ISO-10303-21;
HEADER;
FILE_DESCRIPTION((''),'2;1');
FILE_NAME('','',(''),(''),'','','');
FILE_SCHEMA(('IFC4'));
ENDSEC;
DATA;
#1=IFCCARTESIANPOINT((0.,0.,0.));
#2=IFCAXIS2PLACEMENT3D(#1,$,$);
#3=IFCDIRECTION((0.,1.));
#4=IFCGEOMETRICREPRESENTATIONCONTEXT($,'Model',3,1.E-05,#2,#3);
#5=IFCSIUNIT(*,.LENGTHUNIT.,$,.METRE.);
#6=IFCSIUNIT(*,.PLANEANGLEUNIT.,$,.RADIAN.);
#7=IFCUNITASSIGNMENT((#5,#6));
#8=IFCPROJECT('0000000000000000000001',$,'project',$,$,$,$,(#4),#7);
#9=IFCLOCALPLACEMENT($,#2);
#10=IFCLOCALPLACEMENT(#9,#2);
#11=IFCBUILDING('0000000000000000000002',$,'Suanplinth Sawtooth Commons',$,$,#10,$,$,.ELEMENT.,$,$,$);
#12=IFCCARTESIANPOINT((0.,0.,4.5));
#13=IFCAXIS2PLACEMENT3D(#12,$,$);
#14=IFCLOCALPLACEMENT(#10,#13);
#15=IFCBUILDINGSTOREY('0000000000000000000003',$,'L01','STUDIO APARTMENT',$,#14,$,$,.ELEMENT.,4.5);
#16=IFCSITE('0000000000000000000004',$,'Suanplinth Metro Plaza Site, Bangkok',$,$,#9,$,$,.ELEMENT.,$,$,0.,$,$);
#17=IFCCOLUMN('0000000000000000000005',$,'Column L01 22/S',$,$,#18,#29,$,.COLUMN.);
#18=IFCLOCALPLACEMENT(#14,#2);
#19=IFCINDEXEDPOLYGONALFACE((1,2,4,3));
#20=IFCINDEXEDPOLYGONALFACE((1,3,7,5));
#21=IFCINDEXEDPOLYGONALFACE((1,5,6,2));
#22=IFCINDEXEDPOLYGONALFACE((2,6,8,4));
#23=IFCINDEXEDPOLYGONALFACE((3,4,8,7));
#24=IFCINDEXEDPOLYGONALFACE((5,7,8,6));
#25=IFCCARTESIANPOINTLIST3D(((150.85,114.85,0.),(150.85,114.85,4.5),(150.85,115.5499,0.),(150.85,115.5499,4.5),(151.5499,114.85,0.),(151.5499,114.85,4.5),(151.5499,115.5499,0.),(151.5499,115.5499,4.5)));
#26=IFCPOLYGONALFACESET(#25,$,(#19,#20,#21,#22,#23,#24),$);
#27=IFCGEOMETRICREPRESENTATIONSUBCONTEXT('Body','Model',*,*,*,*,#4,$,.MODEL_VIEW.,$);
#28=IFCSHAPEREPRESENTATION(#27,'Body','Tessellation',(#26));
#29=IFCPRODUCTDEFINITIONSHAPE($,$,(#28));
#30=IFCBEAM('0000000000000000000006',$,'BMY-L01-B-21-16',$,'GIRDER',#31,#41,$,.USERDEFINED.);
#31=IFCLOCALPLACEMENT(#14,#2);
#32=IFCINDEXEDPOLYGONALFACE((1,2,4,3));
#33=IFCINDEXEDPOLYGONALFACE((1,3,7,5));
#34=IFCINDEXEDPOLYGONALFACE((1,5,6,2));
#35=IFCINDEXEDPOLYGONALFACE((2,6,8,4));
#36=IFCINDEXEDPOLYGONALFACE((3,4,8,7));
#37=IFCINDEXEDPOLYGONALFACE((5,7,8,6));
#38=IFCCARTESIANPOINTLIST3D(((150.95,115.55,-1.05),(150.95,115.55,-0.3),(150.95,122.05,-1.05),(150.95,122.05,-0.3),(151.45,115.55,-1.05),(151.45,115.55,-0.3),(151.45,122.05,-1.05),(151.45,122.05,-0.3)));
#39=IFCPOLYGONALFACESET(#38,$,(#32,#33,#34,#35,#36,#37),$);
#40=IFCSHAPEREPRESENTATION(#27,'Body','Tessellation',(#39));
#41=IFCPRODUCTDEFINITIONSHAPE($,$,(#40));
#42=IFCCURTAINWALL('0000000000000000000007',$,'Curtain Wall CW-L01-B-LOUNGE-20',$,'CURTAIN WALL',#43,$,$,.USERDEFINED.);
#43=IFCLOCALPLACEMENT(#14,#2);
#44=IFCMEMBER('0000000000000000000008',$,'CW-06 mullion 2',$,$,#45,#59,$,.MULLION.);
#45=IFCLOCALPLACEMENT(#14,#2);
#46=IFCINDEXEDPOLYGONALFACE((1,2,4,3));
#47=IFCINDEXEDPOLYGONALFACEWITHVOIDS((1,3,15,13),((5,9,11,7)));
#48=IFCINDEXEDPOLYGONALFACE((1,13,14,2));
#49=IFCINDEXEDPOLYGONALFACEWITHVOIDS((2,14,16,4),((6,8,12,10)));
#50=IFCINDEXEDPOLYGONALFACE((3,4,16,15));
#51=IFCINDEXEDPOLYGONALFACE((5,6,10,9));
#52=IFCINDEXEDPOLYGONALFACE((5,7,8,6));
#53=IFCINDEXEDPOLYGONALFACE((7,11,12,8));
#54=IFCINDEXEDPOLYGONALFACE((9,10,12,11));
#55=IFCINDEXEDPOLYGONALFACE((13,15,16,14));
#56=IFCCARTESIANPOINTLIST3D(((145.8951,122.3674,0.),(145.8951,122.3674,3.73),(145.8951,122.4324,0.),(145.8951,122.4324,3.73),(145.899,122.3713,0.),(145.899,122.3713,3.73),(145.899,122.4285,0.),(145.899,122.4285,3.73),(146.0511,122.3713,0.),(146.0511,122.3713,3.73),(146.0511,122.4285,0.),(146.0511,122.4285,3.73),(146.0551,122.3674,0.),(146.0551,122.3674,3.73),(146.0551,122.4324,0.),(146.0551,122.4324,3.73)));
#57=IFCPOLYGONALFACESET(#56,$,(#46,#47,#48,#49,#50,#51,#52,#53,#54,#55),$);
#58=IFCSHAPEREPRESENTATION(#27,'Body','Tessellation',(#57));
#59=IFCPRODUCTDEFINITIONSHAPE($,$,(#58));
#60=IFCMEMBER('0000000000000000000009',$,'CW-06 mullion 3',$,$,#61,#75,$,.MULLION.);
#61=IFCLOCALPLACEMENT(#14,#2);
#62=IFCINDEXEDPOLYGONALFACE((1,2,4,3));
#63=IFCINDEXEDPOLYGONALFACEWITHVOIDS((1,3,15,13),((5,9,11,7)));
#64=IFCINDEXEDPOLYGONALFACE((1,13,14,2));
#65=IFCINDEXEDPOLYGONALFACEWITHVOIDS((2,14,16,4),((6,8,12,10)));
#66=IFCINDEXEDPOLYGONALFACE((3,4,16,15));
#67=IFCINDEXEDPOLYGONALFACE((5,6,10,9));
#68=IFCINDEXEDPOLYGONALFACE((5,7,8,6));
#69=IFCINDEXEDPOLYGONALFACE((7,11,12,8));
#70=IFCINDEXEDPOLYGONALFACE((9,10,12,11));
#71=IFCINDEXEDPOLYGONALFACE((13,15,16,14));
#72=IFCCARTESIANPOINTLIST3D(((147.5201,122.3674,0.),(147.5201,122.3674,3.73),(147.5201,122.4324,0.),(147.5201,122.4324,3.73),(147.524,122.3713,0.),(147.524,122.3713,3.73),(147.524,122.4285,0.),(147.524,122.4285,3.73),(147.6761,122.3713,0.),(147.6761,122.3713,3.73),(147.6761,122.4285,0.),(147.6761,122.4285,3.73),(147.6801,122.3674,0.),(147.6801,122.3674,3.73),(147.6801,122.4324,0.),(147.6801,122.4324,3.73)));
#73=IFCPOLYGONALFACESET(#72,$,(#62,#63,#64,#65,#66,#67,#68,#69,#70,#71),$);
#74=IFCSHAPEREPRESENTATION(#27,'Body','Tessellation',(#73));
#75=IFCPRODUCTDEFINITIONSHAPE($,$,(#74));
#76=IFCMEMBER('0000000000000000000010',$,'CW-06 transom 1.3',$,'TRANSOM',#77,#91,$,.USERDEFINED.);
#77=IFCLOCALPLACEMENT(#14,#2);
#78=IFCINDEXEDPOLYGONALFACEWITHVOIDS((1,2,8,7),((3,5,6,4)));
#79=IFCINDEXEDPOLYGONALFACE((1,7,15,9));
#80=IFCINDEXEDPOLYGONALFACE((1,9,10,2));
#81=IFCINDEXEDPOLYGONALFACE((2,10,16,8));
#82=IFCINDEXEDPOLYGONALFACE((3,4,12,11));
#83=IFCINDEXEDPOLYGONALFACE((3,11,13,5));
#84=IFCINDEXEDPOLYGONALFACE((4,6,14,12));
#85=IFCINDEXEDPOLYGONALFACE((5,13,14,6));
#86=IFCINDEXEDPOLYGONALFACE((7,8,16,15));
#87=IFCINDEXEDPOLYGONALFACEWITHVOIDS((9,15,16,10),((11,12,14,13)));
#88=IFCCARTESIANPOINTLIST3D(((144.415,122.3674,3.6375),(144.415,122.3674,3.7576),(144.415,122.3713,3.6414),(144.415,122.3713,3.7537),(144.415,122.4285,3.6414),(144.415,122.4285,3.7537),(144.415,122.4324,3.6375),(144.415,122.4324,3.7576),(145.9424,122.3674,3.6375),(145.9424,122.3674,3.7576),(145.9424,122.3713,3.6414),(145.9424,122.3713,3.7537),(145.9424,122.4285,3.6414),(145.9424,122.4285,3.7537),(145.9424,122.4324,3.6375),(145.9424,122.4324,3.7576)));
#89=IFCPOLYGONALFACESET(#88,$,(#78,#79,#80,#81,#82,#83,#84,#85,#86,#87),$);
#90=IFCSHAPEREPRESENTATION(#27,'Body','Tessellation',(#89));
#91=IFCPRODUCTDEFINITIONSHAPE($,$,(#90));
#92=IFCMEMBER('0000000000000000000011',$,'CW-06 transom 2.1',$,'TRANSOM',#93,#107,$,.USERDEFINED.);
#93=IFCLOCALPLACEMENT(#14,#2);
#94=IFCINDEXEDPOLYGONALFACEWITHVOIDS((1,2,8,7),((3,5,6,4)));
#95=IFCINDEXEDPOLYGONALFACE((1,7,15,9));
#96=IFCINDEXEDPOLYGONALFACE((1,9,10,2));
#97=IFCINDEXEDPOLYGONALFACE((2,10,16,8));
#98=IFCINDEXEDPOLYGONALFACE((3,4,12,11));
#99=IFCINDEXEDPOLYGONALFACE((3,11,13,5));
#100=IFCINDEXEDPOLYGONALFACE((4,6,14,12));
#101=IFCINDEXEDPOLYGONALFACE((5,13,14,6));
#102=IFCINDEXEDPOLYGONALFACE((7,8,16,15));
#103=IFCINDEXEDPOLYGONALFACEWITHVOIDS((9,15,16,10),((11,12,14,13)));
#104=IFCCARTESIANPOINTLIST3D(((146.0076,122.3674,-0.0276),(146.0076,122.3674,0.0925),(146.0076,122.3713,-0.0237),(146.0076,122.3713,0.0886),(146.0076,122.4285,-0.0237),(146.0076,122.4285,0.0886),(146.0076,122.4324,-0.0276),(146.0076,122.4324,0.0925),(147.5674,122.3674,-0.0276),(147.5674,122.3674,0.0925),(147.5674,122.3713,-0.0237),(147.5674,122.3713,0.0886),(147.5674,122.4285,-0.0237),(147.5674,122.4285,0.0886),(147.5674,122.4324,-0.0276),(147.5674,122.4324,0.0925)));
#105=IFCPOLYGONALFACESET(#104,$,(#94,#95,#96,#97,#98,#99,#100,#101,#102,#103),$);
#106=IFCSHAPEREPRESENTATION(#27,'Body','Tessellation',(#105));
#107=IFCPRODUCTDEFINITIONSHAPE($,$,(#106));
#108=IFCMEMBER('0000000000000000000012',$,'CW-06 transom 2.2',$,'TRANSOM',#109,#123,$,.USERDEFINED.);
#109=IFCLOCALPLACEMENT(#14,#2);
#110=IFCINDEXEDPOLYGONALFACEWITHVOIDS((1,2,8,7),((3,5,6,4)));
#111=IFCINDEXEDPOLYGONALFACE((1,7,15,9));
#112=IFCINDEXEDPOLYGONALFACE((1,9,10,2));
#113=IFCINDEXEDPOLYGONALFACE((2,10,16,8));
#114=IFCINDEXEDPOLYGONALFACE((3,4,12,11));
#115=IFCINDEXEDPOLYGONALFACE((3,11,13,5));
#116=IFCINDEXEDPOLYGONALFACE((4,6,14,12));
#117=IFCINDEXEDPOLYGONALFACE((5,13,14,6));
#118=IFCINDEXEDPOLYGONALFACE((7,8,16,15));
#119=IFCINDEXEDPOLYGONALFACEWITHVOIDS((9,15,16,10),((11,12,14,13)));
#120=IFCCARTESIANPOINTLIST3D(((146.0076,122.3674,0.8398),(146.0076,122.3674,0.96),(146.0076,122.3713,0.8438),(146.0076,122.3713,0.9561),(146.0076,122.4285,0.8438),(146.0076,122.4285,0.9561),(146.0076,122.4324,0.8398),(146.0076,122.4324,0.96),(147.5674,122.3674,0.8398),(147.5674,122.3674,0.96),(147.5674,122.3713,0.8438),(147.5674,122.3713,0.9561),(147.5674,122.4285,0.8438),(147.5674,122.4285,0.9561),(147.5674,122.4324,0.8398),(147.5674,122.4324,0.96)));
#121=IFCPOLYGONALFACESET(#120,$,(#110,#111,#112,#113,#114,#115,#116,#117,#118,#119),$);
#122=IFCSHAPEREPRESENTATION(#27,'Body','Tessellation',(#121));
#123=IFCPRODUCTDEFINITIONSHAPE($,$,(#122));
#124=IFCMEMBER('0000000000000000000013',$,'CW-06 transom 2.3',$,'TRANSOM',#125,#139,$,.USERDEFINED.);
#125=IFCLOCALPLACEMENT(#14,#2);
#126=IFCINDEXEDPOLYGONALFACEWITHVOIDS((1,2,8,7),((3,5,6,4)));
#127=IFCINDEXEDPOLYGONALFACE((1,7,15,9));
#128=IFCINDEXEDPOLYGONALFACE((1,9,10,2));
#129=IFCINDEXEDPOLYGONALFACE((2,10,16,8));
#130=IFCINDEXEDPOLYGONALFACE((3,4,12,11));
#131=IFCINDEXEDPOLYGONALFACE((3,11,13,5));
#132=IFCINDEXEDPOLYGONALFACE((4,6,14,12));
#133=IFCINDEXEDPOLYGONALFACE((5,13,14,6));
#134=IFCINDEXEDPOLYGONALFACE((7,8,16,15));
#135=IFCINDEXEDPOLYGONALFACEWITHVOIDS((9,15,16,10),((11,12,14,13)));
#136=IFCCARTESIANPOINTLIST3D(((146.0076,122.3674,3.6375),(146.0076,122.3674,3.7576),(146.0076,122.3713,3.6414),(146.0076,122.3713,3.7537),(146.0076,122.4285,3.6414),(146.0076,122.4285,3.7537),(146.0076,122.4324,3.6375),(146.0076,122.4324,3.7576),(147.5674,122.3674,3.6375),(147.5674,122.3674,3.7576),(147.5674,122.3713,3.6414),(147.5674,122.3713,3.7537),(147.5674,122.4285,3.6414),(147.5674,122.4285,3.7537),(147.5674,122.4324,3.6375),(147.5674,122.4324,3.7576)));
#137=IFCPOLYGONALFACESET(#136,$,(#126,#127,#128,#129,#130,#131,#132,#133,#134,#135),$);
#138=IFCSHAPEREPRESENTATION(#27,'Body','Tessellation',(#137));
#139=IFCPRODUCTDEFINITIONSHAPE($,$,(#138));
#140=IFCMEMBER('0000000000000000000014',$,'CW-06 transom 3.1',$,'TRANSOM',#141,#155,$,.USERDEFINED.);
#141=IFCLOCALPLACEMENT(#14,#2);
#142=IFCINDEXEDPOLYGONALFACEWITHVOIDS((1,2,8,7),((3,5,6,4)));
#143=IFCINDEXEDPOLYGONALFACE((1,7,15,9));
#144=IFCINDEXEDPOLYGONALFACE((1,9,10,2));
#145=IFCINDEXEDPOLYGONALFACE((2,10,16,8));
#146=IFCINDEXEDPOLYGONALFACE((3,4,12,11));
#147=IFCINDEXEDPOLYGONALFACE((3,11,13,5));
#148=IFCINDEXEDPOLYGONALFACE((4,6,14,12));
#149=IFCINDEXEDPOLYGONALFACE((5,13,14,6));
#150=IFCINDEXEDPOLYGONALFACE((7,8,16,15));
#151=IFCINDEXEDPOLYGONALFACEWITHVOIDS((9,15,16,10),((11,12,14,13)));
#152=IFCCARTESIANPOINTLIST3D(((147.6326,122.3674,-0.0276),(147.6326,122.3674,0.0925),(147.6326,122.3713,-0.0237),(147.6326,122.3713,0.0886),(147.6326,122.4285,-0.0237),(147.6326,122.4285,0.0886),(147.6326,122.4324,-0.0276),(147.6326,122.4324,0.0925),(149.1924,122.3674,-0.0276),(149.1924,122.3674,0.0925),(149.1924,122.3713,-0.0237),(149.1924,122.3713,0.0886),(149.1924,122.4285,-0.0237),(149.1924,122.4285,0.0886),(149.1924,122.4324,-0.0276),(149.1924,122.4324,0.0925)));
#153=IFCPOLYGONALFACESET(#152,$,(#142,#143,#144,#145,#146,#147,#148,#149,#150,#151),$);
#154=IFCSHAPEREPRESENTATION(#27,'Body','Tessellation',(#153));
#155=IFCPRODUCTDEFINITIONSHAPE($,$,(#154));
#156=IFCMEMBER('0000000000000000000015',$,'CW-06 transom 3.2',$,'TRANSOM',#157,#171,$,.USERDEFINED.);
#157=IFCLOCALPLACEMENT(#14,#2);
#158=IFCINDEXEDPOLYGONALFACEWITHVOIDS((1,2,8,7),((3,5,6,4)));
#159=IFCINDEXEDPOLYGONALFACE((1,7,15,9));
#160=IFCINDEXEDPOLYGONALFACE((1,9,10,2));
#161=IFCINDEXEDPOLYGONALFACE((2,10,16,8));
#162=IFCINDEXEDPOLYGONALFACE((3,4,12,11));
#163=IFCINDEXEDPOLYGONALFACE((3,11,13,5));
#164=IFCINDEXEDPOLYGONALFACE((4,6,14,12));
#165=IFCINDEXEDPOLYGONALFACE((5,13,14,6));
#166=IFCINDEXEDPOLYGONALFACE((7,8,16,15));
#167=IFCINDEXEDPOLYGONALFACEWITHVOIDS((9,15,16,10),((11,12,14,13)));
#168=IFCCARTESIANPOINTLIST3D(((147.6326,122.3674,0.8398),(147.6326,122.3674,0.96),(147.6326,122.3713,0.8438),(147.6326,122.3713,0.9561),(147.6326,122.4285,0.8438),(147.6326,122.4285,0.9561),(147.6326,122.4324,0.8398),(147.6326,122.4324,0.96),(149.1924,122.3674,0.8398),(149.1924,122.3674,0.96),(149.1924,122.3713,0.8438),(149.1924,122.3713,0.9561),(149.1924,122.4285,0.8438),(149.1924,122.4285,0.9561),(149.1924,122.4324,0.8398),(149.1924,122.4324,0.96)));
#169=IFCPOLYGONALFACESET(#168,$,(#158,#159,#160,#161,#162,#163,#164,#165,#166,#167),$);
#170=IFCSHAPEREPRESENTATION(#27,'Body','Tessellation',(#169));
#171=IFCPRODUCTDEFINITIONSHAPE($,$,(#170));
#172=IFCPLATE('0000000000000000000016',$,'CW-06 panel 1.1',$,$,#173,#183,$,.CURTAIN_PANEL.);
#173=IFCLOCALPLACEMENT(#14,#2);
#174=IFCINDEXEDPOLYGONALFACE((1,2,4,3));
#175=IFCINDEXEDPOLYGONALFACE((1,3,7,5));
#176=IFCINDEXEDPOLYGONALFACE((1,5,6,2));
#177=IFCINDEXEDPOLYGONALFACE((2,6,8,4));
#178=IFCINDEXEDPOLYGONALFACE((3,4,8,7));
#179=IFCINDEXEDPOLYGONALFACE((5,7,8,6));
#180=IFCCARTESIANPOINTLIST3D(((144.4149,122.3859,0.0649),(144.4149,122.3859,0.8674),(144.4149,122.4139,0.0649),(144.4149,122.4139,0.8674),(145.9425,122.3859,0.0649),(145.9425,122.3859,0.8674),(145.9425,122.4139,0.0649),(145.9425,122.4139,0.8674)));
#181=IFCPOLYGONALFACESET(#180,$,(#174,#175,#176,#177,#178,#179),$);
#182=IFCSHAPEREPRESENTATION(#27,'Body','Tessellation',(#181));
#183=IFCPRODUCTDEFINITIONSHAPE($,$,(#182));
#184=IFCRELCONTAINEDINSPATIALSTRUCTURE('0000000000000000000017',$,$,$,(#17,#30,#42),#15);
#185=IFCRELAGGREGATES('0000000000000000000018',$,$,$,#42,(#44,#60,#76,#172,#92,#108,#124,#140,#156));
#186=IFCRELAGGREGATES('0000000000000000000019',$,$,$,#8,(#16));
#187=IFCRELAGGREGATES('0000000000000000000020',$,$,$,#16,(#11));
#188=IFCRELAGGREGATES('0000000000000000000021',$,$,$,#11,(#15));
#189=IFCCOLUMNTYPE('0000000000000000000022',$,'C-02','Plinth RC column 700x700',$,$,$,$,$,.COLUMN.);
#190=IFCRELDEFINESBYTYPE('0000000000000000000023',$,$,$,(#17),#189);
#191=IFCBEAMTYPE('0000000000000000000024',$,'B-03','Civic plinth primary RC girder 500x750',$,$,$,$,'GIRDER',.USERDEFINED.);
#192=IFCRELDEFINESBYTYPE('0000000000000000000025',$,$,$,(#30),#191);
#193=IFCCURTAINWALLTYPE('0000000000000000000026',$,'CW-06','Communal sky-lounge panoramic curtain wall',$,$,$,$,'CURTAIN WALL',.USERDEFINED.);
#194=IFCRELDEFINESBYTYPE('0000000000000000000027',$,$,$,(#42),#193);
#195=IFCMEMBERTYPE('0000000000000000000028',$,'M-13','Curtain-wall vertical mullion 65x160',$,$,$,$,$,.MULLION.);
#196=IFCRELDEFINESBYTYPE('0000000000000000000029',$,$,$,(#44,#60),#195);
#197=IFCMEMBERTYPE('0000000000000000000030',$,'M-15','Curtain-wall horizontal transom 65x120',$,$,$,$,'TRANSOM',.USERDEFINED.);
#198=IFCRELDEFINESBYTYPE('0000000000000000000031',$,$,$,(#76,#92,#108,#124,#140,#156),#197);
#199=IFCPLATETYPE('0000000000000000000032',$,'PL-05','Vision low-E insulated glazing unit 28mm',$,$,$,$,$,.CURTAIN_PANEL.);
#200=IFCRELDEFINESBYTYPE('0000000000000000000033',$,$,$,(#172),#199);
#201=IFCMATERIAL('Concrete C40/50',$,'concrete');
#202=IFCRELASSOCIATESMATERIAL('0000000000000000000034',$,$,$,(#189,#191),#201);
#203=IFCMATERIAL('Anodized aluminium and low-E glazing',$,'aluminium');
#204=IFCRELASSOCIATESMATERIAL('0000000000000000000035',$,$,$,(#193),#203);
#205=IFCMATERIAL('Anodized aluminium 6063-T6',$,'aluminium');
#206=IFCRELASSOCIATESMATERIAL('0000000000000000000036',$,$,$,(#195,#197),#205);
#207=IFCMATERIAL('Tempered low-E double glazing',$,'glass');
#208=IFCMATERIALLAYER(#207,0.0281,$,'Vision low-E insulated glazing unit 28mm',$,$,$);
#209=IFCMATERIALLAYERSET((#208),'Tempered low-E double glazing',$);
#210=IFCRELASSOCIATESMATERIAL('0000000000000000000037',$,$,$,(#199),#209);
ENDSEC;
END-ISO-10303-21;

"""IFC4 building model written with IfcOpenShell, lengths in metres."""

from ifc_helpers import new_model, si_unit, direction, frame, origin, origin_2d, place, context, subcontext, project, spatial, rectangle, hollow_rectangle, extrude, material, layer, layer_set, material_profile, profile_set, type_object, element, aggregate, save


model = new_model("IFC4")

# Units and contexts
model_context = context("Model", 3, precision=1e-05, world=origin(), true_north=direction((0.0, 1.0)))
body_context = subcontext(model_context, "Body", "Model", "MODEL_VIEW")
ifc_project = project(units=[si_unit("LENGTHUNIT", "METRE"), si_unit("PLANEANGLEUNIT", "RADIAN")], contexts=[model_context])

# Site, building, storey
site_placement = place(None, origin())
site = spatial("IfcSite", under=ifc_project, at=site_placement, Name="Suanplinth Metro Plaza Site, Bangkok", CompositionType="ELEMENT", RefElevation=0.0)
building_placement = place(site_placement, origin())
building = spatial("IfcBuilding", under=site, at=building_placement, Name="Suanplinth Sawtooth Commons", CompositionType="ELEMENT")
storey_placement = place(building_placement, frame((0.0, 0.0, 4.5)))
storey = spatial("IfcBuildingStorey", under=building, at=storey_placement, Name="L01", Description="STUDIO APARTMENT", CompositionType="ELEMENT", Elevation=4.5)

# Column
ifc_material_1 = material(Name="Concrete C40/50", Category="concrete")
ifc_material_profile_1 = material_profile(ifc_material_1, rectangle(XDim=0.7, YDim=0.7, at=origin_2d()), Name="RC-COL 700x700")
ifc_profile_set_1 = profile_set([ifc_material_profile_1], Name="Concrete C40/50")
column_type = type_object("IfcColumnType", Name="C-02", Description="Plinth RC column 700x700", PredefinedType="COLUMN", material=ifc_profile_set_1)
column_placement = place(storey_placement, frame((151.2, 115.2, 0.0), z_axis=(0.0, 0.0, 1.0), x_axis=(1.0, 0.0, 0.0)))
element("IfcColumn", 1, at=column_placement, inside=storey, type_object=column_type, Name="Column L01 22/S", PredefinedType="COLUMN", context=body_context, shape_type="SweptSolid", body=[
    extrude(rectangle(XDim=0.7, YDim=0.7, at=origin_2d()), origin(), (0.0, 0.0, 1.0), 4.5),
])

# Beam
ifc_material_profile_2 = material_profile(ifc_material_1, rectangle(XDim=0.5, YDim=0.75, at=origin_2d()), Name="RC-GDR 500x750")
ifc_profile_set_2 = profile_set([ifc_material_profile_2], Name="Concrete C40/50")
beam_type = type_object("IfcBeamType", Name="B-03", Description="Civic plinth primary RC girder 500x750", ElementType="GIRDER", PredefinedType="USERDEFINED", material=ifc_profile_set_2)
beam_placement = place(storey_placement, frame((151.2, 115.55, -0.675), z_axis=(0.0, 1.0, 0.0), x_axis=(-1.0, 0.0, 0.0)))
element("IfcBeam", 2, at=beam_placement, inside=storey, type_object=beam_type, Name="BMY-L01-B-21-16", ObjectType="GIRDER", PredefinedType="USERDEFINED", context=body_context, shape_type="SweptSolid", body=[
    extrude(rectangle(XDim=0.5, YDim=0.75, at=origin_2d()), origin(), (0.0, 0.0, 1.0), 6.5),
])

# Curtain wall, members, plate
ifc_material_2 = material(Name="Anodized aluminium and low-E glazing", Category="aluminium")
curtain_wall_type = type_object("IfcCurtainWallType", Name="CW-06", Description="Communal sky-lounge panoramic curtain wall", ElementType="CURTAIN WALL", PredefinedType="USERDEFINED", material=ifc_material_2)
curtain_wall_placement = place(storey_placement, origin())
curtain_wall = element("IfcCurtainWall", 3, at=curtain_wall_placement, inside=storey, type_object=curtain_wall_type, Name="Curtain Wall CW-L01-B-LOUNGE-20", ObjectType="CURTAIN WALL", PredefinedType="USERDEFINED")
ifc_material_3 = material(Name="Anodized aluminium 6063-T6", Category="aluminium")
ifc_material_profile_3 = material_profile(ifc_material_3, hollow_rectangle(XDim=0.0649, YDim=0.1599, WallThickness=0.0039, at=origin_2d()), Name="ALU-MUL 65x160")
ifc_profile_set_3 = profile_set([ifc_material_profile_3], Name="Anodized aluminium 6063-T6")
member_type_1 = type_object("IfcMemberType", Name="M-13", Description="Curtain-wall vertical mullion 65x160", PredefinedType="MULLION", material=ifc_profile_set_3)
member_1_placement = place(storey_placement, frame((145.9751, 122.3999, 0.0), z_axis=(0.0, 0.0, 1.0), x_axis=(0.0, 1.0, 0.0)))
member_1 = element("IfcMember", 4, at=member_1_placement, type_object=member_type_1, Name="CW-06 mullion 2", PredefinedType="MULLION", context=body_context, shape_type="SweptSolid", body=[
    extrude(hollow_rectangle(XDim=0.0649, YDim=0.1599, WallThickness=0.0039, at=origin_2d()), origin(), (0.0, 0.0, 1.0), 3.73),
])
member_2_placement = place(storey_placement, frame((147.6001, 122.3999, 0.0), z_axis=(0.0, 0.0, 1.0), x_axis=(0.0, 1.0, 0.0)))
member_2 = element("IfcMember", 5, at=member_2_placement, type_object=member_type_1, Name="CW-06 mullion 3", PredefinedType="MULLION", context=body_context, shape_type="SweptSolid", body=[
    extrude(hollow_rectangle(XDim=0.0649, YDim=0.1599, WallThickness=0.0039, at=origin_2d()), origin(), (0.0, 0.0, 1.0), 3.73),
])
ifc_material_profile_4 = material_profile(ifc_material_3, hollow_rectangle(XDim=0.0649, YDim=0.1201, WallThickness=0.0039, at=origin_2d()), Name="ALU-TRN 65x120")
ifc_profile_set_4 = profile_set([ifc_material_profile_4], Name="Anodized aluminium 6063-T6")
member_type_2 = type_object("IfcMemberType", Name="M-15", Description="Curtain-wall horizontal transom 65x120", ElementType="TRANSOM", PredefinedType="USERDEFINED", material=ifc_profile_set_4)
member_3_placement = place(storey_placement, frame((144.415, 122.3999, 3.6975), z_axis=(1.0, 0.0, 0.0), x_axis=(0.0, 1.0, 0.0)))
member_3 = element("IfcMember", 6, at=member_3_placement, type_object=member_type_2, Name="CW-06 transom 1.3", ObjectType="TRANSOM", PredefinedType="USERDEFINED", context=body_context, shape_type="SweptSolid", body=[
    extrude(hollow_rectangle(XDim=0.0649, YDim=0.1201, WallThickness=0.0039, at=origin_2d()), origin(), (0.0, 0.0, 1.0), 1.5273),
])
member_4_placement = place(storey_placement, frame((146.0076, 122.3999, 0.0325), z_axis=(1.0, 0.0, 0.0), x_axis=(0.0, 1.0, 0.0)))
member_4 = element("IfcMember", 7, at=member_4_placement, type_object=member_type_2, Name="CW-06 transom 2.1", ObjectType="TRANSOM", PredefinedType="USERDEFINED", context=body_context, shape_type="SweptSolid", body=[
    extrude(hollow_rectangle(XDim=0.0649, YDim=0.1201, WallThickness=0.0039, at=origin_2d()), origin(), (0.0, 0.0, 1.0), 1.5598),
])
member_5_placement = place(storey_placement, frame((146.0076, 122.3999, 0.8999), z_axis=(1.0, 0.0, 0.0), x_axis=(0.0, 1.0, 0.0)))
member_5 = element("IfcMember", 8, at=member_5_placement, type_object=member_type_2, Name="CW-06 transom 2.2", ObjectType="TRANSOM", PredefinedType="USERDEFINED", context=body_context, shape_type="SweptSolid", body=[
    extrude(hollow_rectangle(XDim=0.0649, YDim=0.1201, WallThickness=0.0039, at=origin_2d()), origin(), (0.0, 0.0, 1.0), 1.5598),
])
member_6_placement = place(storey_placement, frame((146.0076, 122.3999, 3.6975), z_axis=(1.0, 0.0, 0.0), x_axis=(0.0, 1.0, 0.0)))
member_6 = element("IfcMember", 9, at=member_6_placement, type_object=member_type_2, Name="CW-06 transom 2.3", ObjectType="TRANSOM", PredefinedType="USERDEFINED", context=body_context, shape_type="SweptSolid", body=[
    extrude(hollow_rectangle(XDim=0.0649, YDim=0.1201, WallThickness=0.0039, at=origin_2d()), origin(), (0.0, 0.0, 1.0), 1.5598),
])
member_7_placement = place(storey_placement, frame((147.6326, 122.3999, 0.0325), z_axis=(1.0, 0.0, 0.0), x_axis=(0.0, 1.0, 0.0)))
member_7 = element("IfcMember", 10, at=member_7_placement, type_object=member_type_2, Name="CW-06 transom 3.1", ObjectType="TRANSOM", PredefinedType="USERDEFINED", context=body_context, shape_type="SweptSolid", body=[
    extrude(hollow_rectangle(XDim=0.0649, YDim=0.1201, WallThickness=0.0039, at=origin_2d()), origin(), (0.0, 0.0, 1.0), 1.5598),
])
member_8_placement = place(storey_placement, frame((147.6326, 122.3999, 0.8999), z_axis=(1.0, 0.0, 0.0), x_axis=(0.0, 1.0, 0.0)))
member_8 = element("IfcMember", 11, at=member_8_placement, type_object=member_type_2, Name="CW-06 transom 3.2", ObjectType="TRANSOM", PredefinedType="USERDEFINED", context=body_context, shape_type="SweptSolid", body=[
    extrude(hollow_rectangle(XDim=0.0649, YDim=0.1201, WallThickness=0.0039, at=origin_2d()), origin(), (0.0, 0.0, 1.0), 1.5598),
])
ifc_material_4 = material(Name="Tempered low-E double glazing", Category="glass")
ifc_layer_1 = layer(ifc_material_4, 0.0281, Name="Vision low-E insulated glazing unit 28mm")
ifc_layer_set_1 = layer_set([ifc_layer_1], Name="Tempered low-E double glazing")
plate_type = type_object("IfcPlateType", Name="PL-05", Description="Vision low-E insulated glazing unit 28mm", PredefinedType="CURTAIN_PANEL", material=ifc_layer_set_1)
plate_1_placement = place(storey_placement, frame((145.1787, 122.3999, 0.0649), z_axis=(0.0, 0.0, 1.0), x_axis=(1.0, 0.0, 0.0)))
plate_1 = element("IfcPlate", 12, at=plate_1_placement, type_object=plate_type, Name="CW-06 panel 1.1", PredefinedType="CURTAIN_PANEL", context=body_context, shape_type="SweptSolid", body=[
    extrude(rectangle(XDim=1.5276, YDim=0.0281, at=origin_2d()), origin(), (0.0, 0.0, 1.0), 0.8025),
])
aggregate(curtain_wall, [member_1, member_2, member_3, plate_1, member_4, member_5, member_6, member_7, member_8])

save(model, "model.ifc")
